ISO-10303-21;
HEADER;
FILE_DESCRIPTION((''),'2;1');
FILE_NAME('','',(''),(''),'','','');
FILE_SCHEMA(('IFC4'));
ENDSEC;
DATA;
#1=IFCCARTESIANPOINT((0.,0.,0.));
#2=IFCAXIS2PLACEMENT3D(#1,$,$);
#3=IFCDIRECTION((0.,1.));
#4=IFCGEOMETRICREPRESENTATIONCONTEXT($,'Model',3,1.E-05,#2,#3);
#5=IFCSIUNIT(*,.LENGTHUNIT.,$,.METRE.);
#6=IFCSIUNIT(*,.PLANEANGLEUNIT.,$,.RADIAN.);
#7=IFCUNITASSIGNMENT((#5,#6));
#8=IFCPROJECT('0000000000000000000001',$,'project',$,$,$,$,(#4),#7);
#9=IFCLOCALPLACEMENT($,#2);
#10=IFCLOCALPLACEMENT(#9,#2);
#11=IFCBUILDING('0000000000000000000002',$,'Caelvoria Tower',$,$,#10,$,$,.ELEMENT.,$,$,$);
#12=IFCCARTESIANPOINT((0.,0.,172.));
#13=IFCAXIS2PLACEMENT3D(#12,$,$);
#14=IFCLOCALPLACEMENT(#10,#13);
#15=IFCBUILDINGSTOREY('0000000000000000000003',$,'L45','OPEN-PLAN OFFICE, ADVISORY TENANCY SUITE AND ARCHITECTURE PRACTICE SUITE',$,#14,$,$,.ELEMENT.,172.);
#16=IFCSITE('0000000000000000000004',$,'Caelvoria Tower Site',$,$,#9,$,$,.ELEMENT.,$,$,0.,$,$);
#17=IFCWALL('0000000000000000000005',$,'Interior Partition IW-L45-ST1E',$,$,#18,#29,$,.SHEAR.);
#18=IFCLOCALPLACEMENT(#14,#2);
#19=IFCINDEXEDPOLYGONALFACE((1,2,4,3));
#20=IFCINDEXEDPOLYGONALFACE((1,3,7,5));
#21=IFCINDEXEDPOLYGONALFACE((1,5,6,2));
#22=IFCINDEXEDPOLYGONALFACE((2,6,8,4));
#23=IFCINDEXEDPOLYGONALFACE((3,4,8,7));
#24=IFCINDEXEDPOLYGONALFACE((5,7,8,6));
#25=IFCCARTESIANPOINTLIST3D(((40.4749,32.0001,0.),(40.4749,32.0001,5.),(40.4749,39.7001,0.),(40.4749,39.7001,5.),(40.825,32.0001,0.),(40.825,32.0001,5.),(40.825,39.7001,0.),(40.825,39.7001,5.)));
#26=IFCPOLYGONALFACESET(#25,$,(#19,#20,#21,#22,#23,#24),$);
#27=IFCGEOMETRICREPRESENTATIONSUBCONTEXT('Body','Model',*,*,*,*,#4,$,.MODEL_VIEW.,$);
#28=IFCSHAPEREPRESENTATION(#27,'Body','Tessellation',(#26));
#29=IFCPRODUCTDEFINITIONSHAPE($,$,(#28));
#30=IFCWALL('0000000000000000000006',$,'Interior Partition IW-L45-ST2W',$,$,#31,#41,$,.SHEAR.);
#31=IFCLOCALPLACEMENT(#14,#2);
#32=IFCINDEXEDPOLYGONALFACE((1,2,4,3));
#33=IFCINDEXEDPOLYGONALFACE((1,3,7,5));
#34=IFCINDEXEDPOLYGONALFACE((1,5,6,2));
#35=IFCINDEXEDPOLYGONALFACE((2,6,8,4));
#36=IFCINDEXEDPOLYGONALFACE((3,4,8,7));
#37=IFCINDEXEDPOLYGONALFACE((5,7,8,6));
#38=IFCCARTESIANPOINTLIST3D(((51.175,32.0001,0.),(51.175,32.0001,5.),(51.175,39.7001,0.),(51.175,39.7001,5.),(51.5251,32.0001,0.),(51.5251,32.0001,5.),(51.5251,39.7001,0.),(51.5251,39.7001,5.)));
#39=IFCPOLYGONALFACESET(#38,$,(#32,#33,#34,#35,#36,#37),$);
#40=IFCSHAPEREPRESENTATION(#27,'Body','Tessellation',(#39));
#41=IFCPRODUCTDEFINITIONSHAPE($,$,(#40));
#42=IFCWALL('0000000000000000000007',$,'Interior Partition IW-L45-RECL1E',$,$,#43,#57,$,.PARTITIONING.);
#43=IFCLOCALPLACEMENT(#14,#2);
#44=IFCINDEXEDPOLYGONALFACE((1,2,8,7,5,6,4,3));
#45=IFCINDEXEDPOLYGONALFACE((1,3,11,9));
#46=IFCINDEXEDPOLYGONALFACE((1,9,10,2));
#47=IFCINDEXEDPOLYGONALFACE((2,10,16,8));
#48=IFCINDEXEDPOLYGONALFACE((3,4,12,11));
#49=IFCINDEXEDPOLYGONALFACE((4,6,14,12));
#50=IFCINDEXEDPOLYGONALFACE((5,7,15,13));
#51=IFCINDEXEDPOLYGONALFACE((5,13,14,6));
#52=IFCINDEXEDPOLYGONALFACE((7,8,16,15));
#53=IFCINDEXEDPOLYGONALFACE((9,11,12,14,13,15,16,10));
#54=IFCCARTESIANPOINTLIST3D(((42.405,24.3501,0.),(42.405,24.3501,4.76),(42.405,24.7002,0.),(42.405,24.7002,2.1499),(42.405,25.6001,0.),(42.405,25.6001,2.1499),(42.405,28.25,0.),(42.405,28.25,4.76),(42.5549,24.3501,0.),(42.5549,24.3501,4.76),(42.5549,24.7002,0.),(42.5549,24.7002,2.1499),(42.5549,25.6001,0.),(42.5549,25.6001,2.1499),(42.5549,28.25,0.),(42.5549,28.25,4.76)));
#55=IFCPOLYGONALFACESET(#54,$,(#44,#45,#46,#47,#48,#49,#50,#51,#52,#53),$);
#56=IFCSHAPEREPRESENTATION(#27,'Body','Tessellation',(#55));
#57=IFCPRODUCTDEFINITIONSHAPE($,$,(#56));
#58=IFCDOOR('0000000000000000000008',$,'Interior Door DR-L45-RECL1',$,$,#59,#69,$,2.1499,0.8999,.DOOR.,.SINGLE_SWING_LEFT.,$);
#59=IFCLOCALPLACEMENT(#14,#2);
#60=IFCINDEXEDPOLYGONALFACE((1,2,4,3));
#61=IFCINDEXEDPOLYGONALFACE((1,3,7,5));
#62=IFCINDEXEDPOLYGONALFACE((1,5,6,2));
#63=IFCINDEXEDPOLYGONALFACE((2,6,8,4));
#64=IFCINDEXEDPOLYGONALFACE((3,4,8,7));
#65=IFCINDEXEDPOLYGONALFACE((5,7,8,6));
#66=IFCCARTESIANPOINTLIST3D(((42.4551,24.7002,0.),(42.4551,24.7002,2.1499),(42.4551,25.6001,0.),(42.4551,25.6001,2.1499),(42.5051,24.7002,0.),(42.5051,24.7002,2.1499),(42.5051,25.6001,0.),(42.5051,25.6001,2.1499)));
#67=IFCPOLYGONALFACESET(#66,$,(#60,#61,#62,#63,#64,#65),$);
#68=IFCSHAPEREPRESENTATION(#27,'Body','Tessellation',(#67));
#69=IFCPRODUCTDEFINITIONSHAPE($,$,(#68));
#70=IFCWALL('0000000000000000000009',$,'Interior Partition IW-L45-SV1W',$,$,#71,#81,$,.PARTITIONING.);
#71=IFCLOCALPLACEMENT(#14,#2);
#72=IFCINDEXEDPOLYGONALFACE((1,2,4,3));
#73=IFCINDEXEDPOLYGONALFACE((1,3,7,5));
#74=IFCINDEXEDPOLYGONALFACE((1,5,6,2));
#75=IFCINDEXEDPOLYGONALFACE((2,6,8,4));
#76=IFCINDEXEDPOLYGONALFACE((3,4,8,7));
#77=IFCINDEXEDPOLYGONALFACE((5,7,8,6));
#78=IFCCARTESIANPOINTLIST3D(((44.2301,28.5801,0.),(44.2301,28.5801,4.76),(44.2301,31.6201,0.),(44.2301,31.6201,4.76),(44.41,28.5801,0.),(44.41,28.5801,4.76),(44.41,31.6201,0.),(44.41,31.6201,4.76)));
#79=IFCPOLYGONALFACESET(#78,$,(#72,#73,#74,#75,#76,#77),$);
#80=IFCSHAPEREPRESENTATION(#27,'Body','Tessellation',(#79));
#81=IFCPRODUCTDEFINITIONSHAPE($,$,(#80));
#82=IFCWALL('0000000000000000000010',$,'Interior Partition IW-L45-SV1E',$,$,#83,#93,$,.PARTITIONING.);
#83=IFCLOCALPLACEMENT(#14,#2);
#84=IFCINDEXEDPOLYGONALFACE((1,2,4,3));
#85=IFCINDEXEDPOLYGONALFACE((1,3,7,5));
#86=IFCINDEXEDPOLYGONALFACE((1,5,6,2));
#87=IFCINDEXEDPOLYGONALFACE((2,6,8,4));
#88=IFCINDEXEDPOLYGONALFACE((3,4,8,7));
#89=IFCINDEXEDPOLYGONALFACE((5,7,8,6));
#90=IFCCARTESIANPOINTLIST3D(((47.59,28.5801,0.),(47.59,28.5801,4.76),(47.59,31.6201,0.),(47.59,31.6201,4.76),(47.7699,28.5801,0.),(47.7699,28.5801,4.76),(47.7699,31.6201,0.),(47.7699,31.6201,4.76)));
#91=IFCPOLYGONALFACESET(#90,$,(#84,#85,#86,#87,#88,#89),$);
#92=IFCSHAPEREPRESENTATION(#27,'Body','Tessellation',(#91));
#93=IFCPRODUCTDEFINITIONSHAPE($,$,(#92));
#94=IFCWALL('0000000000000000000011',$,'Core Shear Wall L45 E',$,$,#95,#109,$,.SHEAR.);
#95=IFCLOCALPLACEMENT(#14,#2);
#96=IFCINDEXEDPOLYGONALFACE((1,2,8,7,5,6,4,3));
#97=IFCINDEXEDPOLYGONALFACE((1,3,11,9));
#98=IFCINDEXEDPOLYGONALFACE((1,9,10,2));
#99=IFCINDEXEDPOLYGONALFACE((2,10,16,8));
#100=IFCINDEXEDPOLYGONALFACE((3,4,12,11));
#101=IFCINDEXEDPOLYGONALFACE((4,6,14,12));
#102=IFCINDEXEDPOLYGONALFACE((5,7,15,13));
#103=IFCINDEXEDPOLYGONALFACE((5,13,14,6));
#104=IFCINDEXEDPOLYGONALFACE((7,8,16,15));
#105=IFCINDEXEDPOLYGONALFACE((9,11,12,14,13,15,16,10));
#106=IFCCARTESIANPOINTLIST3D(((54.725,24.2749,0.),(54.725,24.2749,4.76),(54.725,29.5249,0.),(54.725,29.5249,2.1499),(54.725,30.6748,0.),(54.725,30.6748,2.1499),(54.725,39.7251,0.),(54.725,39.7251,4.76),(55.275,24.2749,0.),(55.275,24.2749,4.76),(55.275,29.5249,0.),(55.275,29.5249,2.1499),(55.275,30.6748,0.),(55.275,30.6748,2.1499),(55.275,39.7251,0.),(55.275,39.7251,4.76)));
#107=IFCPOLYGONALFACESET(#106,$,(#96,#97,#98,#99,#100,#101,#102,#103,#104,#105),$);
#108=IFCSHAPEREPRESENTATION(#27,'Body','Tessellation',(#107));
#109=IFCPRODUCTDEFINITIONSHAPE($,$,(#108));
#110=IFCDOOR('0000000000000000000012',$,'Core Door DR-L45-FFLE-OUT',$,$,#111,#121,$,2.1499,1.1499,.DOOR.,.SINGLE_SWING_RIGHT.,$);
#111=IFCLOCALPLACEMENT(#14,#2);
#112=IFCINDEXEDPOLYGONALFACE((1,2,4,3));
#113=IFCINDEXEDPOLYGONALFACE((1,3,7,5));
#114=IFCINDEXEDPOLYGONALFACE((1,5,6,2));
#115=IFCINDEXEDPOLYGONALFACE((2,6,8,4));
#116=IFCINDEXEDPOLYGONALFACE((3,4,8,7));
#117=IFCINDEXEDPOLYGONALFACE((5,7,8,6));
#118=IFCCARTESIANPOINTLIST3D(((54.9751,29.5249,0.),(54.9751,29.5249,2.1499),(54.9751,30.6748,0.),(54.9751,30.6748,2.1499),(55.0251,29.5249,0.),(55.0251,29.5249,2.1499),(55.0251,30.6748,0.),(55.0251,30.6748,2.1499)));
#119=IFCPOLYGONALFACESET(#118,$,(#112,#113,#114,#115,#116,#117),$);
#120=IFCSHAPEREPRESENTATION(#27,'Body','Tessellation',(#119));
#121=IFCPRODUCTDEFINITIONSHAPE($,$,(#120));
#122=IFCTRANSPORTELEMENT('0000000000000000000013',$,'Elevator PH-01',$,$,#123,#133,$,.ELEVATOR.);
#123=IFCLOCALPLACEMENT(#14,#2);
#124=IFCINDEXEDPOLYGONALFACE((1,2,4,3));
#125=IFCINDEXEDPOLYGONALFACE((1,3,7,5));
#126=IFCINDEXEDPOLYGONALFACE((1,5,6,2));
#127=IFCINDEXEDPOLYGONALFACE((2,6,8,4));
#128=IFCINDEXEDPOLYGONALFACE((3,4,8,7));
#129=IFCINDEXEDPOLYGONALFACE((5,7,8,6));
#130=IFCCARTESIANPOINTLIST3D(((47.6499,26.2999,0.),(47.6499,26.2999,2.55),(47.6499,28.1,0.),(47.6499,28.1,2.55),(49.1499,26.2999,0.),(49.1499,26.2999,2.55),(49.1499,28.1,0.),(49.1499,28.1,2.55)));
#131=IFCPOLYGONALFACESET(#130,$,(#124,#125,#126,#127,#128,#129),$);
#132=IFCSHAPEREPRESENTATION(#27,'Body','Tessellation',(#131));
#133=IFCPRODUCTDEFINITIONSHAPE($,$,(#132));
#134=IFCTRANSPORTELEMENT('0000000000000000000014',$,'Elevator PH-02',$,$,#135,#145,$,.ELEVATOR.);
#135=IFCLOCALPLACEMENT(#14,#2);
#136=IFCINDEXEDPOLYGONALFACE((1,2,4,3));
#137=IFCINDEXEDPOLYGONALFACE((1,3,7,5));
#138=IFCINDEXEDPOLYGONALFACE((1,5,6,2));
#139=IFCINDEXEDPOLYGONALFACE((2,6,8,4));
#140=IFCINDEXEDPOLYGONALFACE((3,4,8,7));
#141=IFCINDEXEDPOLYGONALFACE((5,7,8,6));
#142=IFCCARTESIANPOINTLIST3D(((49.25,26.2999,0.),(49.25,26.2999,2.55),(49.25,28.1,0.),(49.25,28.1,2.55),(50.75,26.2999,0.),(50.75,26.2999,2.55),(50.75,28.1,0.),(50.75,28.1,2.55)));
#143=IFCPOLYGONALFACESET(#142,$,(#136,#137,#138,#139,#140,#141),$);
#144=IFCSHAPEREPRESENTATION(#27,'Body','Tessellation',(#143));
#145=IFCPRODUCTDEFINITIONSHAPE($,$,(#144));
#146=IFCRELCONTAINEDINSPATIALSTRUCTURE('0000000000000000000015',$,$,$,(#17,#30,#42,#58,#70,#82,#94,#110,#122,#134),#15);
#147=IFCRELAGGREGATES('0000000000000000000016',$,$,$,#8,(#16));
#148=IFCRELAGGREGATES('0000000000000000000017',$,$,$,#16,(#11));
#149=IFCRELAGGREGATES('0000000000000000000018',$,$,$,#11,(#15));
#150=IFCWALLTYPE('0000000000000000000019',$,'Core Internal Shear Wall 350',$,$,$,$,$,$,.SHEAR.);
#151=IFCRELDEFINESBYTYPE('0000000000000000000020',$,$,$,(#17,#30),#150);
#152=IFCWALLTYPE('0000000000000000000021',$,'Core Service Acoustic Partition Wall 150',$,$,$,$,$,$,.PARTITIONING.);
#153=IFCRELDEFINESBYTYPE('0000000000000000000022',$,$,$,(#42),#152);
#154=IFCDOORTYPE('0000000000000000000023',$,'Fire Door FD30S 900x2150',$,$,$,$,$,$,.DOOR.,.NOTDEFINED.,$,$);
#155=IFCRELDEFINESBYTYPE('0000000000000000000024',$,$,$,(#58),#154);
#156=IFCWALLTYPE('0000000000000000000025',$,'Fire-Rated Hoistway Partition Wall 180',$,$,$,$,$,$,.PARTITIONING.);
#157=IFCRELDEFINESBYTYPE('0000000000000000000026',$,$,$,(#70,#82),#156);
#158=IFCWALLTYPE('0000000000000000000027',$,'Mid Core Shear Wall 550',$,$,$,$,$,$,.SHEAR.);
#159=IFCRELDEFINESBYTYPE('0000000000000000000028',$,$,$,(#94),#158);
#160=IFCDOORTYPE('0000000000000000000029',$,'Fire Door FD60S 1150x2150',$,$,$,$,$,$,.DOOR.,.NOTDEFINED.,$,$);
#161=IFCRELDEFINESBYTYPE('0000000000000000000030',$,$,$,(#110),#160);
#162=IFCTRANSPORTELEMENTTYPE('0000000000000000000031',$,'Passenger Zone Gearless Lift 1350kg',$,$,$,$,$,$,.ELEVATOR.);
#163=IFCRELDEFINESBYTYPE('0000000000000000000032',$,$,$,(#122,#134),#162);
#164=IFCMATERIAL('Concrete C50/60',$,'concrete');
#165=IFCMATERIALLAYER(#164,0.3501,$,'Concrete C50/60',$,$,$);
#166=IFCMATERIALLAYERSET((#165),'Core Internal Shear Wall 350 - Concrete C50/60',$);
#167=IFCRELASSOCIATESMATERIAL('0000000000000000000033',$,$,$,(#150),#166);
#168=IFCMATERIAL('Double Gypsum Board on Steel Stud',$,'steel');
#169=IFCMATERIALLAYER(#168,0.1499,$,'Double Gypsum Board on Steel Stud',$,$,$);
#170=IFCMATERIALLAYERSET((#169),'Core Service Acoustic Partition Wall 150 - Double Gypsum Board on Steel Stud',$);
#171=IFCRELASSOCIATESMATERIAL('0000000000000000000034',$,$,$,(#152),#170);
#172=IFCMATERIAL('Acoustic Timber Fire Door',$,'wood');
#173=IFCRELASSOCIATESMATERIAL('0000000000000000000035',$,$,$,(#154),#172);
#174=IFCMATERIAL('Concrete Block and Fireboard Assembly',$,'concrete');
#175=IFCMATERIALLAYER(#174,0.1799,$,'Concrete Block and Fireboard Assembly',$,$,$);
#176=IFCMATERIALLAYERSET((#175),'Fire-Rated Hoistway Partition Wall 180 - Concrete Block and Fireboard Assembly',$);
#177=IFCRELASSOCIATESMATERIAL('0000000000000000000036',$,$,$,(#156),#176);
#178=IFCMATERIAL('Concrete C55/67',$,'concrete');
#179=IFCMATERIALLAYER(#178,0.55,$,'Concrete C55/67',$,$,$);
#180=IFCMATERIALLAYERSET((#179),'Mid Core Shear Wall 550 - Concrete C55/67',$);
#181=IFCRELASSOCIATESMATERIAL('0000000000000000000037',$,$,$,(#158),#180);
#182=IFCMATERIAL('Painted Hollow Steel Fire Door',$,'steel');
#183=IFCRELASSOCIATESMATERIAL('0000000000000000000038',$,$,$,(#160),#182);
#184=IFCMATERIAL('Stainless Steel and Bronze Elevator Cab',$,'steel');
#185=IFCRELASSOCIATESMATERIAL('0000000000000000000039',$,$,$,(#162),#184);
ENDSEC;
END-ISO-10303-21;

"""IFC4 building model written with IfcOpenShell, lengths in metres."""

from ifc_helpers import new_model, si_unit, direction, frame, frame_2d, origin, origin_2d, place, context, subcontext, project, spatial, rectangle, extrude, material, layer, layer_set, type_object, element, fill, save


model = new_model("IFC4")

# Units and contexts
model_context = context("Model", 3, precision=1e-05, world=origin(), true_north=direction((0.0, 1.0)))
body_context = subcontext(model_context, "Body", "Model", "MODEL_VIEW")
ifc_project = project(units=[si_unit("LENGTHUNIT", "METRE"), si_unit("PLANEANGLEUNIT", "RADIAN")], contexts=[model_context])

# Site, building, storey
site_placement = place(None, origin())
site = spatial("IfcSite", under=ifc_project, at=site_placement, Name="Caelvoria Tower Site", CompositionType="ELEMENT", RefElevation=0.0)
building_placement = place(site_placement, origin())
building = spatial("IfcBuilding", under=site, at=building_placement, Name="Caelvoria Tower", CompositionType="ELEMENT")
storey_placement = place(building_placement, frame((0.0, 0.0, 172.0)))
storey = spatial("IfcBuildingStorey", under=building, at=storey_placement, Name="L45", Description="OPEN-PLAN OFFICE, ADVISORY TENANCY SUITE AND ARCHITECTURE PRACTICE SUITE", CompositionType="ELEMENT", Elevation=172.0)

# Walls
ifc_material_1 = material(Name="Concrete C50/60", Category="concrete")
ifc_layer_1 = layer(ifc_material_1, 0.3501, Name="Concrete C50/60")
ifc_layer_set_1 = layer_set([ifc_layer_1], Name="Core Internal Shear Wall 350 - Concrete C50/60")
wall_type_1 = type_object("IfcWallType", Name="Core Internal Shear Wall 350", PredefinedType="SHEAR", material=ifc_layer_set_1)
for number, where, z_axis, x_axis, name in (
    (1, (40.6499, 32.0, 0.0), (0.0, 0.0, 1.0), (0.0, 1.0, 0.0), "Interior Partition IW-L45-ST1E"),
    (2, (51.3501, 32.0, 0.0), (0.0, 0.0, 1.0), (0.0, 1.0, 0.0), "Interior Partition IW-L45-ST2W"),
):
    element("IfcWall", number, at=place(storey_placement, frame(where, z_axis=z_axis, x_axis=x_axis)), inside=storey, type_object=wall_type_1, Name=name, PredefinedType="SHEAR", context=body_context, shape_type="SweptSolid", body=[
        extrude(rectangle(XDim=7.7, YDim=0.3501, at=frame_2d((3.8501, 0.0))), origin(), (0.0, 0.0, 1.0), 5.0),
    ])

# Wall, opening, door
ifc_material_2 = material(Name="Double Gypsum Board on Steel Stud", Category="steel")
ifc_layer_2 = layer(ifc_material_2, 0.1499, Name="Double Gypsum Board on Steel Stud")
ifc_layer_set_2 = layer_set([ifc_layer_2], Name="Core Service Acoustic Partition Wall 150 - Double Gypsum Board on Steel Stud")
wall_type_2 = type_object("IfcWallType", Name="Core Service Acoustic Partition Wall 150", PredefinedType="PARTITIONING", material=ifc_layer_set_2)
wall_1_placement = place(storey_placement, frame((42.48, 24.3501, 0.0), z_axis=(0.0, 0.0, 1.0), x_axis=(0.0, 1.0, 0.0)))
wall_1 = element("IfcWall", 3, at=wall_1_placement, inside=storey, type_object=wall_type_2, Name="Interior Partition IW-L45-RECL1E", PredefinedType="PARTITIONING", context=body_context, shape_type="SweptSolid", body=[
    extrude(rectangle(XDim=3.8999, YDim=0.1499, at=frame_2d((1.95, 0.0))), origin(), (0.0, 0.0, 1.0), 4.76),
])
opening_1_placement = place(wall_1_placement, frame((0.3501, 0.0, 0.0)))
opening_1 = element("IfcOpeningElement", 4, at=opening_1_placement, cuts=wall_1, PredefinedType="OPENING", context=body_context, shape_type="SweptSolid", body=[
    extrude(rectangle(XDim=0.8999, YDim=2.1499, at=frame_2d((0.45, 1.075))), frame((0.0, 0.085, 0.0), z_axis=(0.0, -1.0, 0.0), x_axis=(1.0, 0.0, 0.0)), (0.0, 0.0, 1.0), 0.1699),
])
ifc_material_3 = material(Name="Acoustic Timber Fire Door", Category="wood")
door_type_1 = type_object("IfcDoorType", Name="Fire Door FD30S 900x2150", OperationType="NOTDEFINED", PredefinedType="DOOR", material=ifc_material_3)
door_1_placement = place(opening_1_placement, origin())
door_1 = element("IfcDoor", 5, at=door_1_placement, inside=storey, type_object=door_type_1, Name="Interior Door DR-L45-RECL1", OperationType="SINGLE_SWING_LEFT", OverallHeight=2.1499, OverallWidth=0.8999, PredefinedType="DOOR", context=body_context, shape_type="SweptSolid", body=[
    extrude(rectangle(XDim=0.8999, YDim=2.1499, at=frame_2d((0.45, 1.075))), frame((0.0, 0.0249, 0.0), z_axis=(0.0, -1.0, 0.0), x_axis=(1.0, 0.0, 0.0)), (0.0, 0.0, 1.0), 0.05),
])
fill(opening_1, door_1)

# Walls
ifc_material_4 = material(Name="Concrete Block and Fireboard Assembly", Category="concrete")
ifc_layer_3 = layer(ifc_material_4, 0.1799, Name="Concrete Block and Fireboard Assembly")
ifc_layer_set_3 = layer_set([ifc_layer_3], Name="Fire-Rated Hoistway Partition Wall 180 - Concrete Block and Fireboard Assembly")
wall_type_3 = type_object("IfcWallType", Name="Fire-Rated Hoistway Partition Wall 180", PredefinedType="PARTITIONING", material=ifc_layer_set_3)
for number, where, z_axis, x_axis, name in (
    (6, (44.3201, 28.5801, 0.0), (0.0, 0.0, 1.0), (0.0, 1.0, 0.0), "Interior Partition IW-L45-SV1W"),
    (7, (47.6799, 28.5801, 0.0), (0.0, 0.0, 1.0), (0.0, 1.0, 0.0), "Interior Partition IW-L45-SV1E"),
):
    element("IfcWall", number, at=place(storey_placement, frame(where, z_axis=z_axis, x_axis=x_axis)), inside=storey, type_object=wall_type_3, Name=name, PredefinedType="PARTITIONING", context=body_context, shape_type="SweptSolid", body=[
        extrude(rectangle(XDim=3.04, YDim=0.1799, at=frame_2d((1.52, 0.0))), origin(), (0.0, 0.0, 1.0), 4.76),
    ])

# Wall, opening, door
ifc_material_5 = material(Name="Concrete C55/67", Category="concrete")
ifc_layer_4 = layer(ifc_material_5, 0.55, Name="Concrete C55/67")
ifc_layer_set_4 = layer_set([ifc_layer_4], Name="Mid Core Shear Wall 550 - Concrete C55/67")
wall_type_4 = type_object("IfcWallType", Name="Mid Core Shear Wall 550", PredefinedType="SHEAR", material=ifc_layer_set_4)
wall_2_placement = place(storey_placement, frame((55.0, 24.2749, 0.0), z_axis=(0.0, 0.0, 1.0), x_axis=(0.0, 1.0, 0.0)))
wall_2 = element("IfcWall", 8, at=wall_2_placement, inside=storey, type_object=wall_type_4, Name="Core Shear Wall L45 E", PredefinedType="SHEAR", context=body_context, shape_type="SweptSolid", body=[
    extrude(rectangle(XDim=15.4502, YDim=0.55, at=frame_2d((7.7251, 0.0))), origin(), (0.0, 0.0, 1.0), 4.76),
])
opening_2_placement = place(wall_2_placement, frame((5.25, 0.0, 0.0)))
opening_2 = element("IfcOpeningElement", 9, at=opening_2_placement, cuts=wall_2, PredefinedType="OPENING", context=body_context, shape_type="SweptSolid", body=[
    extrude(rectangle(XDim=1.1499, YDim=2.1499, at=frame_2d((0.575, 1.075))), frame((0.0, 0.2849, 0.0), z_axis=(0.0, -1.0, 0.0), x_axis=(1.0, 0.0, 0.0)), (0.0, 0.0, 1.0), 0.5701),
])
ifc_material_6 = material(Name="Painted Hollow Steel Fire Door", Category="steel")
door_type_2 = type_object("IfcDoorType", Name="Fire Door FD60S 1150x2150", OperationType="NOTDEFINED", PredefinedType="DOOR", material=ifc_material_6)
door_2_placement = place(opening_2_placement, origin())
door_2 = element("IfcDoor", 10, at=door_2_placement, inside=storey, type_object=door_type_2, Name="Core Door DR-L45-FFLE-OUT", OperationType="SINGLE_SWING_RIGHT", OverallHeight=2.1499, OverallWidth=1.1499, PredefinedType="DOOR", context=body_context, shape_type="SweptSolid", body=[
    extrude(rectangle(XDim=1.1499, YDim=2.1499, at=frame_2d((0.575, 1.075))), frame((0.0, 0.0249, 0.0), z_axis=(0.0, -1.0, 0.0), x_axis=(1.0, 0.0, 0.0)), (0.0, 0.0, 1.0), 0.05),
])
fill(opening_2, door_2)

# Transport elements
ifc_material_7 = material(Name="Stainless Steel and Bronze Elevator Cab", Category="steel")
transport_element_type = type_object("IfcTransportElementType", Name="Passenger Zone Gearless Lift 1350kg", PredefinedType="ELEVATOR", material=ifc_material_7)
for number, where, z_axis, x_axis, name in (
    (11, (48.3999, 27.2, 0.0), (0.0, 0.0, 1.0), (1.0, 0.0, 0.0), "Elevator PH-01"),
    (12, (50.0, 27.2, 0.0), (0.0, 0.0, 1.0), (1.0, 0.0, 0.0), "Elevator PH-02"),
):
    element("IfcTransportElement", number, at=place(storey_placement, frame(where, z_axis=z_axis, x_axis=x_axis)), inside=storey, type_object=transport_element_type, Name=name, PredefinedType="ELEVATOR", context=body_context, shape_type="SweptSolid", body=[
        extrude(rectangle(XDim=1.5, YDim=1.8, at=origin_2d()), origin(), (0.0, 0.0, 1.0), 2.55),
    ])

save(model, "model.ifc")
